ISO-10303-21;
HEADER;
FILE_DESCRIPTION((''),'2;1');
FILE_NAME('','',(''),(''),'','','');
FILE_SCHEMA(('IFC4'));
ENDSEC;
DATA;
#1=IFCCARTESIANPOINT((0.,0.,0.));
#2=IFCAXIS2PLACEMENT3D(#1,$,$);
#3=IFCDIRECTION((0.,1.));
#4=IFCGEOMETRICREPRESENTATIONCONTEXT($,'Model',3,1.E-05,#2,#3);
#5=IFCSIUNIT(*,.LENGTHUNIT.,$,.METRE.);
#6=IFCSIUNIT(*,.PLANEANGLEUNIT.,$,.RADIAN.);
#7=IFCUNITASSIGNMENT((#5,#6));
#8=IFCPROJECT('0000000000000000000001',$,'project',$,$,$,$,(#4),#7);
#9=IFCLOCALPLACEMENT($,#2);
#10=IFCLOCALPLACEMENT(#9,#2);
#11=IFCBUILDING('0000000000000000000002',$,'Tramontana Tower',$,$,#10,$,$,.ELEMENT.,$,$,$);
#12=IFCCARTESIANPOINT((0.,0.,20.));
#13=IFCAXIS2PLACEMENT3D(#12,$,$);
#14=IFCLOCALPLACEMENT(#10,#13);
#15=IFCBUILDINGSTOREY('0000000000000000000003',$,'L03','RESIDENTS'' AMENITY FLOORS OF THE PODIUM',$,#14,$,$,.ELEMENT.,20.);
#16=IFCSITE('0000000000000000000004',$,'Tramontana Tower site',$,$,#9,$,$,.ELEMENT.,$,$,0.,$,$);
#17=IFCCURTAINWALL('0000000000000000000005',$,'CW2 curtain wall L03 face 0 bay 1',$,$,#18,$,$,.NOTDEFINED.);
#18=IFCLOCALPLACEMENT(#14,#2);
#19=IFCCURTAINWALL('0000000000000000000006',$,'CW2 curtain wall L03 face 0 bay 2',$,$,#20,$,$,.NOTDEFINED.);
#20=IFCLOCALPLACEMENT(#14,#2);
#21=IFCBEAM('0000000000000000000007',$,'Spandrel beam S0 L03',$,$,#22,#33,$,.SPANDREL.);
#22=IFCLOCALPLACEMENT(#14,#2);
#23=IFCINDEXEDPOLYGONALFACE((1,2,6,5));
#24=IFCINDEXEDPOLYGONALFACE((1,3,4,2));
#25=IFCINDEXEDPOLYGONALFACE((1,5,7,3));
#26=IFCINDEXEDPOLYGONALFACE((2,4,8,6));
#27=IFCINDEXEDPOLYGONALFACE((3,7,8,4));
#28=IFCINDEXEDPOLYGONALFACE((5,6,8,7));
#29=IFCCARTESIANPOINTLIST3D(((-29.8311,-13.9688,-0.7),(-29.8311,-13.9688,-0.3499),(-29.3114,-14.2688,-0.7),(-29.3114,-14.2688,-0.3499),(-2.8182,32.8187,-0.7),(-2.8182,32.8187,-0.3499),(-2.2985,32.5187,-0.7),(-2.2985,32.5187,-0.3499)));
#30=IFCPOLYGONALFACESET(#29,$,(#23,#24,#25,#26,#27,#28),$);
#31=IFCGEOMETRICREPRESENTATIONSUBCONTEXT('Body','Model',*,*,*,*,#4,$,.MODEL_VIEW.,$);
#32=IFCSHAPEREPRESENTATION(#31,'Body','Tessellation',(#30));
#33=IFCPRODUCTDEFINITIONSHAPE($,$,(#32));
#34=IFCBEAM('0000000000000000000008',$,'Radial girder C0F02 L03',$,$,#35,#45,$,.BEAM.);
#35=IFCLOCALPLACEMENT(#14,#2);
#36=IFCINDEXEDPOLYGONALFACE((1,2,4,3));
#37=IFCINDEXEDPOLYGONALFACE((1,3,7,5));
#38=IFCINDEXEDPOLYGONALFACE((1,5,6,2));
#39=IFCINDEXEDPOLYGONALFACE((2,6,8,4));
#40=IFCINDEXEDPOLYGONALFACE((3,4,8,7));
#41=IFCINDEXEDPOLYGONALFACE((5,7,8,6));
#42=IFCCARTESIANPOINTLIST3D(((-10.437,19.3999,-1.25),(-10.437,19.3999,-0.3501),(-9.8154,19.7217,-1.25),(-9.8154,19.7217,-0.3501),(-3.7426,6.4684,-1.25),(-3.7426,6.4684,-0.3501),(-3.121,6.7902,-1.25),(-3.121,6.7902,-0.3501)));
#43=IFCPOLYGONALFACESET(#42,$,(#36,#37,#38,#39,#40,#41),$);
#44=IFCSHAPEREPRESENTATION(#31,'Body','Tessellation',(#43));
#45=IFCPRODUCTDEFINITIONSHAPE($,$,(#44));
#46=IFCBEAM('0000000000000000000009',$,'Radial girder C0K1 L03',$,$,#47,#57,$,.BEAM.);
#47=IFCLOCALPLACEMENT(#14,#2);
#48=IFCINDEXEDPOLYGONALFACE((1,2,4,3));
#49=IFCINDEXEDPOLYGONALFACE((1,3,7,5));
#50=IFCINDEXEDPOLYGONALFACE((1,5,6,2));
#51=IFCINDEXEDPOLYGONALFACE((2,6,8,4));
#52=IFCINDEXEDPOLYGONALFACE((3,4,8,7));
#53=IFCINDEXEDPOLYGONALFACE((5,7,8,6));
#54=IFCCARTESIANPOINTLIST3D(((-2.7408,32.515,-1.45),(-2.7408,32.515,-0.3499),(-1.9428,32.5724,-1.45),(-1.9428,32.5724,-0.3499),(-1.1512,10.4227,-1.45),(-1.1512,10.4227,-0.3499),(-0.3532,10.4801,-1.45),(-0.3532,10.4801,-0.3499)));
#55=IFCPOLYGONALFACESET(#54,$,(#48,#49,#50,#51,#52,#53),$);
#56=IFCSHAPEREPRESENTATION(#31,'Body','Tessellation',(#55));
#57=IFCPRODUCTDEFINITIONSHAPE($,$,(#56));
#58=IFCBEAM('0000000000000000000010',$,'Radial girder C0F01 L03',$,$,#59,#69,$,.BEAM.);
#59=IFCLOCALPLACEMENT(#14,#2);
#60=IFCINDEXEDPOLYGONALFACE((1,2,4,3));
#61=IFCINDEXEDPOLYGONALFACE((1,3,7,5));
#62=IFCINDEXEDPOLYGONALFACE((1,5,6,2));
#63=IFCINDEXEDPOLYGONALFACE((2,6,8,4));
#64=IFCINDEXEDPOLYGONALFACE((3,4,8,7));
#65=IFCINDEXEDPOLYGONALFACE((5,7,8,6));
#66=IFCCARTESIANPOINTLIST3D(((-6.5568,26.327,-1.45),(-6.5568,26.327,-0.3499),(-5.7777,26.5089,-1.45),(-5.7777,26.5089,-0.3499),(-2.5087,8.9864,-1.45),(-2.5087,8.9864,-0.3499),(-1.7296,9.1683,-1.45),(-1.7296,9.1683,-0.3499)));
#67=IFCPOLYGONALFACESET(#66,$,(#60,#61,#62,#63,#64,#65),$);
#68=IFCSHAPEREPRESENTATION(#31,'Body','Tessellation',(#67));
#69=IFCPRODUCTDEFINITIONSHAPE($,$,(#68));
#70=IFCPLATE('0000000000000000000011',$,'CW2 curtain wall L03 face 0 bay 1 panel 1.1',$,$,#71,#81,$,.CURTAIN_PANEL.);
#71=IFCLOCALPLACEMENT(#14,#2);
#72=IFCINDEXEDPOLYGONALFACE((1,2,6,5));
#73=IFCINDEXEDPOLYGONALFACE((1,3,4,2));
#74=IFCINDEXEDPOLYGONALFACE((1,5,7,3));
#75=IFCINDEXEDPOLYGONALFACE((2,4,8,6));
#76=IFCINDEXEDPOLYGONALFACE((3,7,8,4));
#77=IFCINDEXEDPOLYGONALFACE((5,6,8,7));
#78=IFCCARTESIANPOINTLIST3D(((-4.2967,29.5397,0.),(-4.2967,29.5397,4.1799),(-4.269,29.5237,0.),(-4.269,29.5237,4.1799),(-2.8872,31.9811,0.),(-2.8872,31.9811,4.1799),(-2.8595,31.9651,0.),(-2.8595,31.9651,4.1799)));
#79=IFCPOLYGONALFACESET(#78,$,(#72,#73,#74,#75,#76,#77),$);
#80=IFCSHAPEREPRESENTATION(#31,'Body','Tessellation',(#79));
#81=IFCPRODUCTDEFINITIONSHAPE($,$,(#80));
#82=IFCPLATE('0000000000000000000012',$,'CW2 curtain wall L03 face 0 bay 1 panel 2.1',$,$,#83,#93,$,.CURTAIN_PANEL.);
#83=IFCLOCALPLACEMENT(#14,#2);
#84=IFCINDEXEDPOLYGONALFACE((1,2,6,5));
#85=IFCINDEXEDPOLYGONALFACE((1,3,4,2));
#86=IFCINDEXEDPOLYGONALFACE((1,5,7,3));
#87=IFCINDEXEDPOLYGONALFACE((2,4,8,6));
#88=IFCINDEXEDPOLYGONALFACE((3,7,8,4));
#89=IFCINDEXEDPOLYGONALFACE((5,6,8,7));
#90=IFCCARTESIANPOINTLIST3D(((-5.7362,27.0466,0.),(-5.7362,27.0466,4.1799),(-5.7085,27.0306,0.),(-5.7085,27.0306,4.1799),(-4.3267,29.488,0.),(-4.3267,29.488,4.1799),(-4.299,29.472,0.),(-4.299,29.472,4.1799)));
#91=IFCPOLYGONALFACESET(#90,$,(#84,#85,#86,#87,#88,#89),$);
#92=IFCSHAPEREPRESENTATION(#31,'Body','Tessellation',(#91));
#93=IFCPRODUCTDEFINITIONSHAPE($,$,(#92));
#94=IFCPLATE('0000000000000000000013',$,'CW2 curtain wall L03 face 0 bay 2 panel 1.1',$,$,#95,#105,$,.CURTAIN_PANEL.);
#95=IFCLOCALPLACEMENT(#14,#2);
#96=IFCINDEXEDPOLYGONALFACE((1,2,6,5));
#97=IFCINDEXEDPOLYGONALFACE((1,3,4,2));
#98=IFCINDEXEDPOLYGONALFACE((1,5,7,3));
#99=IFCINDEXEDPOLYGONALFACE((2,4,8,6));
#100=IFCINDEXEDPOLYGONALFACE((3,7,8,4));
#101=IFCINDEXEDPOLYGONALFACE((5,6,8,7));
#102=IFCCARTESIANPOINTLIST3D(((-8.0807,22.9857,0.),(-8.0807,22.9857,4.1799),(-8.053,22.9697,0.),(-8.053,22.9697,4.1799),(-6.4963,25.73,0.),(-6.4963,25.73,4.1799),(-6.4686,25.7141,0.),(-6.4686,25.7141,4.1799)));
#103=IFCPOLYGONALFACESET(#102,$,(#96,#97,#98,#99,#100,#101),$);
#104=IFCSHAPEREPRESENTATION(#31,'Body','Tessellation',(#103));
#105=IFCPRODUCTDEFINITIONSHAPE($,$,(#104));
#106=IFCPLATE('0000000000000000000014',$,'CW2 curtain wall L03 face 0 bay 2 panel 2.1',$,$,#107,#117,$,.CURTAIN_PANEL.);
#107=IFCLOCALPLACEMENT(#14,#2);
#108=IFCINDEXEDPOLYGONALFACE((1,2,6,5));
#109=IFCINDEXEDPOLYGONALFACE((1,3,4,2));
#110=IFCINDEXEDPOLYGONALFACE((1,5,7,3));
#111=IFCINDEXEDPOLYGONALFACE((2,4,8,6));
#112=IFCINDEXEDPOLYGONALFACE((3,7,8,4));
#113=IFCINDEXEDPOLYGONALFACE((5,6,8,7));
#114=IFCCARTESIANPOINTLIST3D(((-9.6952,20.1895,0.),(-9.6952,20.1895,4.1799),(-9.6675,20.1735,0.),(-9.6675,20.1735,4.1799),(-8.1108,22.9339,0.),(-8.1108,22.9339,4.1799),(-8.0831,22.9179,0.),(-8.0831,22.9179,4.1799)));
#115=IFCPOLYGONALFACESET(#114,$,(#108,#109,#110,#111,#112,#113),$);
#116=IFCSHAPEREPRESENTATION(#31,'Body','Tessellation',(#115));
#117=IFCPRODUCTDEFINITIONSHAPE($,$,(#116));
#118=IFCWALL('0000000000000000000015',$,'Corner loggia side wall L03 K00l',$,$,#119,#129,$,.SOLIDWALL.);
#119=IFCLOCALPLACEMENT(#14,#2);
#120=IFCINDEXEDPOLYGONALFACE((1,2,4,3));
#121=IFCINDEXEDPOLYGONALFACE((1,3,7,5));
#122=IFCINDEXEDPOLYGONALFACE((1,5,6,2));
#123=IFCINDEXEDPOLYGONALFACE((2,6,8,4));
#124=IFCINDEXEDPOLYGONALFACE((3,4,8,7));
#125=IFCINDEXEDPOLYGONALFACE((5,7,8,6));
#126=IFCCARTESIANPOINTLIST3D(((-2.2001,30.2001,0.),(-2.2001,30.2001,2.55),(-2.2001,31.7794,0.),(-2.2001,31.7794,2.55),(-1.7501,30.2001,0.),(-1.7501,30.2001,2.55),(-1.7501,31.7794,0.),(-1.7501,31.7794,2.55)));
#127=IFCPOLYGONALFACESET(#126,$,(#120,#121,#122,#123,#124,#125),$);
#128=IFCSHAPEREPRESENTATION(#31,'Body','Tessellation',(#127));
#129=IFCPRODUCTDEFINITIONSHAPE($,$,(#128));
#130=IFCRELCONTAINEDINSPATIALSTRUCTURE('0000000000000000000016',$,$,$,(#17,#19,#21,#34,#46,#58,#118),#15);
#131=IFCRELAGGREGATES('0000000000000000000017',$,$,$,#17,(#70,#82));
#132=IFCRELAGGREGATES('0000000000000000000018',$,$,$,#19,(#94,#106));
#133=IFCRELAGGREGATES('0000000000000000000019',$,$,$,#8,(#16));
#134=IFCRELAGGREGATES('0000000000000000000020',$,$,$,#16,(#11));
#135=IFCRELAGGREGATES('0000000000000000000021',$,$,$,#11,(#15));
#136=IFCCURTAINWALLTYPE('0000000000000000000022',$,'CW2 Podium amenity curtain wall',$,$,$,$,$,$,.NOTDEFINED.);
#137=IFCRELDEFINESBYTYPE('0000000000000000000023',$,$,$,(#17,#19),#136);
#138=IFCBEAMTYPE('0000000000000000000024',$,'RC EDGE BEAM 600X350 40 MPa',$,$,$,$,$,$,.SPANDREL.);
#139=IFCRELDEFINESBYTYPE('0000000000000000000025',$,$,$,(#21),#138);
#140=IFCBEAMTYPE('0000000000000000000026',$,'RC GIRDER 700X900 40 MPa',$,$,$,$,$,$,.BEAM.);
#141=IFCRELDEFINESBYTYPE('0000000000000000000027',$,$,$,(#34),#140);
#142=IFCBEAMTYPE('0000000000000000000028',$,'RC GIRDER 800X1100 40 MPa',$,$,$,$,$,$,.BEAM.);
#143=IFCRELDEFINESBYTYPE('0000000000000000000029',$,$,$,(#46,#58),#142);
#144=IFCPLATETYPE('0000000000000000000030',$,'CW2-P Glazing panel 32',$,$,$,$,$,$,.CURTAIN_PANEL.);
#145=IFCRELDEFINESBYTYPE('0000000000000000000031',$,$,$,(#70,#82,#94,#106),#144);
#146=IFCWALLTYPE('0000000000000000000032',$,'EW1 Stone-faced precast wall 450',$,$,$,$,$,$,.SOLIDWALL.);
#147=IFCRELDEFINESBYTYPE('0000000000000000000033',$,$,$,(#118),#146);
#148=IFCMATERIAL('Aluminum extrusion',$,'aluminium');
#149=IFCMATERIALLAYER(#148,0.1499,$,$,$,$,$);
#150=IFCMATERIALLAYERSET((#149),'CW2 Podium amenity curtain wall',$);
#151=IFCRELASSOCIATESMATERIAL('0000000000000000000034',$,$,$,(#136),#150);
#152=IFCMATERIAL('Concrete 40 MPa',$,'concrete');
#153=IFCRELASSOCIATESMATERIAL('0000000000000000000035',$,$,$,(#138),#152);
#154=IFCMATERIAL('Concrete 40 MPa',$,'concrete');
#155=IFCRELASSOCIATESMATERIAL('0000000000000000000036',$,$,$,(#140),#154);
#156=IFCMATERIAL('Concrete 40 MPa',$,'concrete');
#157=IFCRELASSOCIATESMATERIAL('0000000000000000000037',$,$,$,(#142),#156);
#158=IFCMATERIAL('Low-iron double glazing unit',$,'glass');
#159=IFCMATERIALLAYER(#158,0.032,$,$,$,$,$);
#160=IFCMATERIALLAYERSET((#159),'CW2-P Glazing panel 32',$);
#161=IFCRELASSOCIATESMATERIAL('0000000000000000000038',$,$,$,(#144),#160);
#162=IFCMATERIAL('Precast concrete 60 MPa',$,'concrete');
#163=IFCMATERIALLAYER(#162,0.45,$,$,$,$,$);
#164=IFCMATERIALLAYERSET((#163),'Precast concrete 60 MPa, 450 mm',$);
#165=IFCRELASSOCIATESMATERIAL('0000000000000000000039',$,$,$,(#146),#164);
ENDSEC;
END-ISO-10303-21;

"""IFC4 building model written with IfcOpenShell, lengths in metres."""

from ifc_helpers import new_model, si_unit, direction, frame, frame_2d, origin, origin_2d, place, context, subcontext, project, spatial, rectangle, extrude, material, layer, layer_set, material_profile, profile_set, type_object, element, aggregate, save


model = new_model("IFC4")

# Units and contexts
model_context = context("Model", 3, precision=1e-05, world=origin(), true_north=direction((0.0, 1.0)))
body_context = subcontext(model_context, "Body", "Model", "MODEL_VIEW")
ifc_project = project(units=[si_unit("LENGTHUNIT", "METRE"), si_unit("PLANEANGLEUNIT", "RADIAN")], contexts=[model_context])

# Site, building, storey
site_placement = place(None, origin())
site = spatial("IfcSite", under=ifc_project, at=site_placement, Name="Tramontana Tower site", CompositionType="ELEMENT", RefElevation=0.0)
building_placement = place(site_placement, origin())
building = spatial("IfcBuilding", under=site, at=building_placement, Name="Tramontana Tower", CompositionType="ELEMENT")
storey_placement = place(building_placement, frame((0.0, 0.0, 20.0)))
storey = spatial("IfcBuildingStorey", under=building, at=storey_placement, Name="L03", Description="RESIDENTS' AMENITY FLOORS OF THE PODIUM", CompositionType="ELEMENT", Elevation=20.0)

# Curtain walls
ifc_material_1 = material(Name="Aluminum extrusion", Category="aluminium")
ifc_layer_1 = layer(ifc_material_1, 0.1499)
ifc_layer_set_1 = layer_set([ifc_layer_1], Name="CW2 Podium amenity curtain wall")
curtain_wall_type = type_object("IfcCurtainWallType", Name="CW2 Podium amenity curtain wall", PredefinedType="NOTDEFINED", material=ifc_layer_set_1)
curtain_wall_1_placement = place(storey_placement, origin())
curtain_wall_1 = element("IfcCurtainWall", 1, at=curtain_wall_1_placement, inside=storey, type_object=curtain_wall_type, Name="CW2 curtain wall L03 face 0 bay 1", PredefinedType="NOTDEFINED")
curtain_wall_2_placement = place(storey_placement, origin())
curtain_wall_2 = element("IfcCurtainWall", 2, at=curtain_wall_2_placement, inside=storey, type_object=curtain_wall_type, Name="CW2 curtain wall L03 face 0 bay 2", PredefinedType="NOTDEFINED")

# Beams
ifc_material_2 = material(Name="Concrete 40 MPa", Category="concrete")
ifc_material_profile_1 = material_profile(ifc_material_2, rectangle(XDim=0.6001, YDim=0.3501, at=origin_2d()), Name="RC EDGE BEAM 600X350 40 MPa")
ifc_profile_set_1 = profile_set([ifc_material_profile_1], Name="Concrete 40 MPa")
beam_type_1 = type_object("IfcBeamType", Name="RC EDGE BEAM 600X350 40 MPa", PredefinedType="SPANDREL", material=ifc_profile_set_1)
beam_1_placement = place(storey_placement, frame((-2.5583, 32.6687, -0.5249), z_axis=(-0.500001, -0.866025, 0.0), x_axis=(0.866025, -0.500001, 0.0)))
element("IfcBeam", 3, at=beam_1_placement, inside=storey, type_object=beam_type_1, Name="Spandrel beam S0 L03", PredefinedType="SPANDREL", context=body_context, shape_type="SweptSolid", body=[
    extrude(rectangle(XDim=0.6001, YDim=0.3501, at=origin_2d()), origin(), (0.0, 0.0, 1.0), 54.0256),
])
ifc_material_3 = material(Name="Concrete 40 MPa", Category="concrete")
ifc_material_profile_2 = material_profile(ifc_material_3, rectangle(XDim=0.7, YDim=0.8999, at=origin_2d()), Name="RC GIRDER 700X900 40 MPa")
ifc_profile_set_2 = profile_set([ifc_material_profile_2], Name="Concrete 40 MPa")
beam_type_2 = type_object("IfcBeamType", Name="RC GIRDER 700X900 40 MPa", PredefinedType="BEAM", material=ifc_profile_set_2)
beam_2_placement = place(storey_placement, frame((-10.1262, 19.5608, -0.8), z_axis=(0.459731, -0.888058, 0.0), x_axis=(0.888058, 0.459731, 0.0)))
element("IfcBeam", 4, at=beam_2_placement, inside=storey, type_object=beam_type_2, Name="Radial girder C0F02 L03", PredefinedType="BEAM", context=body_context, shape_type="SweptSolid", body=[
    extrude(rectangle(XDim=0.7, YDim=0.8999, at=origin_2d()), origin(), (0.0, 0.0, 1.0), 14.5615),
])
ifc_material_4 = material(Name="Concrete 40 MPa", Category="concrete")
ifc_material_profile_3 = material_profile(ifc_material_4, rectangle(XDim=0.8, YDim=1.1001, at=origin_2d()), Name="RC GIRDER 800X1100 40 MPa")
ifc_profile_set_3 = profile_set([ifc_material_profile_3], Name="Concrete 40 MPa")
beam_type_3 = type_object("IfcBeamType", Name="RC GIRDER 800X1100 40 MPa", PredefinedType="BEAM", material=ifc_profile_set_3)
beam_3_placement = place(storey_placement, frame((-2.3418, 32.5437, -0.8999), z_axis=(0.071767, -0.997421, 0.0), x_axis=(0.997421, 0.071767, 0.0)))
element("IfcBeam", 5, at=beam_3_placement, inside=storey, type_object=beam_type_3, Name="Radial girder C0K1 L03", PredefinedType="BEAM", context=body_context, shape_type="SweptSolid", body=[
    extrude(rectangle(XDim=0.8, YDim=1.1001, at=origin_2d()), origin(), (0.0, 0.0, 1.0), 22.1494),
])
beam_4_placement = place(storey_placement, frame((-6.1672, 26.418, -0.8999), z_axis=(0.227334, -0.973817, 0.0), x_axis=(0.973817, 0.227334, 0.0)))
element("IfcBeam", 6, at=beam_4_placement, inside=storey, type_object=beam_type_3, Name="Radial girder C0F01 L03", PredefinedType="BEAM", context=body_context, shape_type="SweptSolid", body=[
    extrude(rectangle(XDim=0.8, YDim=1.1001, at=origin_2d()), origin(), (0.0, 0.0, 1.0), 17.8069),
])

# Plates
ifc_material_5 = material(Name="Low-iron double glazing unit", Category="glass")
ifc_layer_2 = layer(ifc_material_5, 0.032)
ifc_layer_set_2 = layer_set([ifc_layer_2], Name="CW2-P Glazing panel 32")
plate_type = type_object("IfcPlateType", Name="CW2-P Glazing panel 32", PredefinedType="CURTAIN_PANEL", material=ifc_layer_set_2)
plate_1_placement = place(storey_placement, frame((-3.5781, 30.7524, 0.0), z_axis=(0.0, 0.0, 1.0), x_axis=(-0.5, -0.866025, 0.0)))
plate_1 = element("IfcPlate", 7, at=plate_1_placement, type_object=plate_type, Name="CW2 curtain wall L03 face 0 bay 1 panel 1.1", PredefinedType="CURTAIN_PANEL", context=body_context, shape_type="SweptSolid", body=[
    extrude(rectangle(XDim=2.8191, YDim=0.032, at=origin_2d()), origin(), (0.0, 0.0, 1.0), 4.1799),
])
plate_2_placement = place(storey_placement, frame((-5.0176, 28.2593, 0.0), z_axis=(0.0, 0.0, 1.0), x_axis=(-0.5, -0.866025, 0.0)))
plate_2 = element("IfcPlate", 8, at=plate_2_placement, type_object=plate_type, Name="CW2 curtain wall L03 face 0 bay 1 panel 2.1", PredefinedType="CURTAIN_PANEL", context=body_context, shape_type="SweptSolid", body=[
    extrude(rectangle(XDim=2.8191, YDim=0.032, at=origin_2d()), origin(), (0.0, 0.0, 1.0), 4.1799),
])
aggregate(curtain_wall_1, [plate_1, plate_2])
plate_3_placement = place(storey_placement, frame((-7.2747, 24.3499, 0.0), z_axis=(0.0, 0.0, 1.0), x_axis=(-0.5, -0.866025, 0.0)))
plate_3 = element("IfcPlate", 9, at=plate_3_placement, type_object=plate_type, Name="CW2 curtain wall L03 face 0 bay 2 panel 1.1", PredefinedType="CURTAIN_PANEL", context=body_context, shape_type="SweptSolid", body=[
    extrude(rectangle(XDim=3.1689, YDim=0.032, at=origin_2d()), origin(), (0.0, 0.0, 1.0), 4.1799),
])
plate_4_placement = place(storey_placement, frame((-8.8892, 21.5537, 0.0), z_axis=(0.0, 0.0, 1.0), x_axis=(-0.5, -0.866025, 0.0)))
plate_4 = element("IfcPlate", 10, at=plate_4_placement, type_object=plate_type, Name="CW2 curtain wall L03 face 0 bay 2 panel 2.1", PredefinedType="CURTAIN_PANEL", context=body_context, shape_type="SweptSolid", body=[
    extrude(rectangle(XDim=3.1689, YDim=0.032, at=origin_2d()), origin(), (0.0, 0.0, 1.0), 4.1799),
])
aggregate(curtain_wall_2, [plate_3, plate_4])

# Wall
ifc_material_6 = material(Name="Precast concrete 60 MPa", Category="concrete")
ifc_layer_3 = layer(ifc_material_6, 0.45)
ifc_layer_set_3 = layer_set([ifc_layer_3], Name="Precast concrete 60 MPa, 450 mm")
wall_type_1 = type_object("IfcWallType", Name="EW1 Stone-faced precast wall 450", PredefinedType="SOLIDWALL", material=ifc_layer_set_3)
wall_1_placement = place(storey_placement, frame((-1.9751, 31.7793, 0.0), z_axis=(0.0, 0.0, 1.0), x_axis=(0.0, -1.0, 0.0)))
element("IfcWall", 11, at=wall_1_placement, inside=storey, type_object=wall_type_1, Name="Corner loggia side wall L03 K00l", PredefinedType="SOLIDWALL", context=body_context, shape_type="SweptSolid", body=[
    extrude(rectangle(XDim=1.5793, YDim=0.45, at=frame_2d((0.7896, 0.0))), origin(), (0.0, 0.0, 1.0), 2.55),
])

save(model, "model.ifc")
